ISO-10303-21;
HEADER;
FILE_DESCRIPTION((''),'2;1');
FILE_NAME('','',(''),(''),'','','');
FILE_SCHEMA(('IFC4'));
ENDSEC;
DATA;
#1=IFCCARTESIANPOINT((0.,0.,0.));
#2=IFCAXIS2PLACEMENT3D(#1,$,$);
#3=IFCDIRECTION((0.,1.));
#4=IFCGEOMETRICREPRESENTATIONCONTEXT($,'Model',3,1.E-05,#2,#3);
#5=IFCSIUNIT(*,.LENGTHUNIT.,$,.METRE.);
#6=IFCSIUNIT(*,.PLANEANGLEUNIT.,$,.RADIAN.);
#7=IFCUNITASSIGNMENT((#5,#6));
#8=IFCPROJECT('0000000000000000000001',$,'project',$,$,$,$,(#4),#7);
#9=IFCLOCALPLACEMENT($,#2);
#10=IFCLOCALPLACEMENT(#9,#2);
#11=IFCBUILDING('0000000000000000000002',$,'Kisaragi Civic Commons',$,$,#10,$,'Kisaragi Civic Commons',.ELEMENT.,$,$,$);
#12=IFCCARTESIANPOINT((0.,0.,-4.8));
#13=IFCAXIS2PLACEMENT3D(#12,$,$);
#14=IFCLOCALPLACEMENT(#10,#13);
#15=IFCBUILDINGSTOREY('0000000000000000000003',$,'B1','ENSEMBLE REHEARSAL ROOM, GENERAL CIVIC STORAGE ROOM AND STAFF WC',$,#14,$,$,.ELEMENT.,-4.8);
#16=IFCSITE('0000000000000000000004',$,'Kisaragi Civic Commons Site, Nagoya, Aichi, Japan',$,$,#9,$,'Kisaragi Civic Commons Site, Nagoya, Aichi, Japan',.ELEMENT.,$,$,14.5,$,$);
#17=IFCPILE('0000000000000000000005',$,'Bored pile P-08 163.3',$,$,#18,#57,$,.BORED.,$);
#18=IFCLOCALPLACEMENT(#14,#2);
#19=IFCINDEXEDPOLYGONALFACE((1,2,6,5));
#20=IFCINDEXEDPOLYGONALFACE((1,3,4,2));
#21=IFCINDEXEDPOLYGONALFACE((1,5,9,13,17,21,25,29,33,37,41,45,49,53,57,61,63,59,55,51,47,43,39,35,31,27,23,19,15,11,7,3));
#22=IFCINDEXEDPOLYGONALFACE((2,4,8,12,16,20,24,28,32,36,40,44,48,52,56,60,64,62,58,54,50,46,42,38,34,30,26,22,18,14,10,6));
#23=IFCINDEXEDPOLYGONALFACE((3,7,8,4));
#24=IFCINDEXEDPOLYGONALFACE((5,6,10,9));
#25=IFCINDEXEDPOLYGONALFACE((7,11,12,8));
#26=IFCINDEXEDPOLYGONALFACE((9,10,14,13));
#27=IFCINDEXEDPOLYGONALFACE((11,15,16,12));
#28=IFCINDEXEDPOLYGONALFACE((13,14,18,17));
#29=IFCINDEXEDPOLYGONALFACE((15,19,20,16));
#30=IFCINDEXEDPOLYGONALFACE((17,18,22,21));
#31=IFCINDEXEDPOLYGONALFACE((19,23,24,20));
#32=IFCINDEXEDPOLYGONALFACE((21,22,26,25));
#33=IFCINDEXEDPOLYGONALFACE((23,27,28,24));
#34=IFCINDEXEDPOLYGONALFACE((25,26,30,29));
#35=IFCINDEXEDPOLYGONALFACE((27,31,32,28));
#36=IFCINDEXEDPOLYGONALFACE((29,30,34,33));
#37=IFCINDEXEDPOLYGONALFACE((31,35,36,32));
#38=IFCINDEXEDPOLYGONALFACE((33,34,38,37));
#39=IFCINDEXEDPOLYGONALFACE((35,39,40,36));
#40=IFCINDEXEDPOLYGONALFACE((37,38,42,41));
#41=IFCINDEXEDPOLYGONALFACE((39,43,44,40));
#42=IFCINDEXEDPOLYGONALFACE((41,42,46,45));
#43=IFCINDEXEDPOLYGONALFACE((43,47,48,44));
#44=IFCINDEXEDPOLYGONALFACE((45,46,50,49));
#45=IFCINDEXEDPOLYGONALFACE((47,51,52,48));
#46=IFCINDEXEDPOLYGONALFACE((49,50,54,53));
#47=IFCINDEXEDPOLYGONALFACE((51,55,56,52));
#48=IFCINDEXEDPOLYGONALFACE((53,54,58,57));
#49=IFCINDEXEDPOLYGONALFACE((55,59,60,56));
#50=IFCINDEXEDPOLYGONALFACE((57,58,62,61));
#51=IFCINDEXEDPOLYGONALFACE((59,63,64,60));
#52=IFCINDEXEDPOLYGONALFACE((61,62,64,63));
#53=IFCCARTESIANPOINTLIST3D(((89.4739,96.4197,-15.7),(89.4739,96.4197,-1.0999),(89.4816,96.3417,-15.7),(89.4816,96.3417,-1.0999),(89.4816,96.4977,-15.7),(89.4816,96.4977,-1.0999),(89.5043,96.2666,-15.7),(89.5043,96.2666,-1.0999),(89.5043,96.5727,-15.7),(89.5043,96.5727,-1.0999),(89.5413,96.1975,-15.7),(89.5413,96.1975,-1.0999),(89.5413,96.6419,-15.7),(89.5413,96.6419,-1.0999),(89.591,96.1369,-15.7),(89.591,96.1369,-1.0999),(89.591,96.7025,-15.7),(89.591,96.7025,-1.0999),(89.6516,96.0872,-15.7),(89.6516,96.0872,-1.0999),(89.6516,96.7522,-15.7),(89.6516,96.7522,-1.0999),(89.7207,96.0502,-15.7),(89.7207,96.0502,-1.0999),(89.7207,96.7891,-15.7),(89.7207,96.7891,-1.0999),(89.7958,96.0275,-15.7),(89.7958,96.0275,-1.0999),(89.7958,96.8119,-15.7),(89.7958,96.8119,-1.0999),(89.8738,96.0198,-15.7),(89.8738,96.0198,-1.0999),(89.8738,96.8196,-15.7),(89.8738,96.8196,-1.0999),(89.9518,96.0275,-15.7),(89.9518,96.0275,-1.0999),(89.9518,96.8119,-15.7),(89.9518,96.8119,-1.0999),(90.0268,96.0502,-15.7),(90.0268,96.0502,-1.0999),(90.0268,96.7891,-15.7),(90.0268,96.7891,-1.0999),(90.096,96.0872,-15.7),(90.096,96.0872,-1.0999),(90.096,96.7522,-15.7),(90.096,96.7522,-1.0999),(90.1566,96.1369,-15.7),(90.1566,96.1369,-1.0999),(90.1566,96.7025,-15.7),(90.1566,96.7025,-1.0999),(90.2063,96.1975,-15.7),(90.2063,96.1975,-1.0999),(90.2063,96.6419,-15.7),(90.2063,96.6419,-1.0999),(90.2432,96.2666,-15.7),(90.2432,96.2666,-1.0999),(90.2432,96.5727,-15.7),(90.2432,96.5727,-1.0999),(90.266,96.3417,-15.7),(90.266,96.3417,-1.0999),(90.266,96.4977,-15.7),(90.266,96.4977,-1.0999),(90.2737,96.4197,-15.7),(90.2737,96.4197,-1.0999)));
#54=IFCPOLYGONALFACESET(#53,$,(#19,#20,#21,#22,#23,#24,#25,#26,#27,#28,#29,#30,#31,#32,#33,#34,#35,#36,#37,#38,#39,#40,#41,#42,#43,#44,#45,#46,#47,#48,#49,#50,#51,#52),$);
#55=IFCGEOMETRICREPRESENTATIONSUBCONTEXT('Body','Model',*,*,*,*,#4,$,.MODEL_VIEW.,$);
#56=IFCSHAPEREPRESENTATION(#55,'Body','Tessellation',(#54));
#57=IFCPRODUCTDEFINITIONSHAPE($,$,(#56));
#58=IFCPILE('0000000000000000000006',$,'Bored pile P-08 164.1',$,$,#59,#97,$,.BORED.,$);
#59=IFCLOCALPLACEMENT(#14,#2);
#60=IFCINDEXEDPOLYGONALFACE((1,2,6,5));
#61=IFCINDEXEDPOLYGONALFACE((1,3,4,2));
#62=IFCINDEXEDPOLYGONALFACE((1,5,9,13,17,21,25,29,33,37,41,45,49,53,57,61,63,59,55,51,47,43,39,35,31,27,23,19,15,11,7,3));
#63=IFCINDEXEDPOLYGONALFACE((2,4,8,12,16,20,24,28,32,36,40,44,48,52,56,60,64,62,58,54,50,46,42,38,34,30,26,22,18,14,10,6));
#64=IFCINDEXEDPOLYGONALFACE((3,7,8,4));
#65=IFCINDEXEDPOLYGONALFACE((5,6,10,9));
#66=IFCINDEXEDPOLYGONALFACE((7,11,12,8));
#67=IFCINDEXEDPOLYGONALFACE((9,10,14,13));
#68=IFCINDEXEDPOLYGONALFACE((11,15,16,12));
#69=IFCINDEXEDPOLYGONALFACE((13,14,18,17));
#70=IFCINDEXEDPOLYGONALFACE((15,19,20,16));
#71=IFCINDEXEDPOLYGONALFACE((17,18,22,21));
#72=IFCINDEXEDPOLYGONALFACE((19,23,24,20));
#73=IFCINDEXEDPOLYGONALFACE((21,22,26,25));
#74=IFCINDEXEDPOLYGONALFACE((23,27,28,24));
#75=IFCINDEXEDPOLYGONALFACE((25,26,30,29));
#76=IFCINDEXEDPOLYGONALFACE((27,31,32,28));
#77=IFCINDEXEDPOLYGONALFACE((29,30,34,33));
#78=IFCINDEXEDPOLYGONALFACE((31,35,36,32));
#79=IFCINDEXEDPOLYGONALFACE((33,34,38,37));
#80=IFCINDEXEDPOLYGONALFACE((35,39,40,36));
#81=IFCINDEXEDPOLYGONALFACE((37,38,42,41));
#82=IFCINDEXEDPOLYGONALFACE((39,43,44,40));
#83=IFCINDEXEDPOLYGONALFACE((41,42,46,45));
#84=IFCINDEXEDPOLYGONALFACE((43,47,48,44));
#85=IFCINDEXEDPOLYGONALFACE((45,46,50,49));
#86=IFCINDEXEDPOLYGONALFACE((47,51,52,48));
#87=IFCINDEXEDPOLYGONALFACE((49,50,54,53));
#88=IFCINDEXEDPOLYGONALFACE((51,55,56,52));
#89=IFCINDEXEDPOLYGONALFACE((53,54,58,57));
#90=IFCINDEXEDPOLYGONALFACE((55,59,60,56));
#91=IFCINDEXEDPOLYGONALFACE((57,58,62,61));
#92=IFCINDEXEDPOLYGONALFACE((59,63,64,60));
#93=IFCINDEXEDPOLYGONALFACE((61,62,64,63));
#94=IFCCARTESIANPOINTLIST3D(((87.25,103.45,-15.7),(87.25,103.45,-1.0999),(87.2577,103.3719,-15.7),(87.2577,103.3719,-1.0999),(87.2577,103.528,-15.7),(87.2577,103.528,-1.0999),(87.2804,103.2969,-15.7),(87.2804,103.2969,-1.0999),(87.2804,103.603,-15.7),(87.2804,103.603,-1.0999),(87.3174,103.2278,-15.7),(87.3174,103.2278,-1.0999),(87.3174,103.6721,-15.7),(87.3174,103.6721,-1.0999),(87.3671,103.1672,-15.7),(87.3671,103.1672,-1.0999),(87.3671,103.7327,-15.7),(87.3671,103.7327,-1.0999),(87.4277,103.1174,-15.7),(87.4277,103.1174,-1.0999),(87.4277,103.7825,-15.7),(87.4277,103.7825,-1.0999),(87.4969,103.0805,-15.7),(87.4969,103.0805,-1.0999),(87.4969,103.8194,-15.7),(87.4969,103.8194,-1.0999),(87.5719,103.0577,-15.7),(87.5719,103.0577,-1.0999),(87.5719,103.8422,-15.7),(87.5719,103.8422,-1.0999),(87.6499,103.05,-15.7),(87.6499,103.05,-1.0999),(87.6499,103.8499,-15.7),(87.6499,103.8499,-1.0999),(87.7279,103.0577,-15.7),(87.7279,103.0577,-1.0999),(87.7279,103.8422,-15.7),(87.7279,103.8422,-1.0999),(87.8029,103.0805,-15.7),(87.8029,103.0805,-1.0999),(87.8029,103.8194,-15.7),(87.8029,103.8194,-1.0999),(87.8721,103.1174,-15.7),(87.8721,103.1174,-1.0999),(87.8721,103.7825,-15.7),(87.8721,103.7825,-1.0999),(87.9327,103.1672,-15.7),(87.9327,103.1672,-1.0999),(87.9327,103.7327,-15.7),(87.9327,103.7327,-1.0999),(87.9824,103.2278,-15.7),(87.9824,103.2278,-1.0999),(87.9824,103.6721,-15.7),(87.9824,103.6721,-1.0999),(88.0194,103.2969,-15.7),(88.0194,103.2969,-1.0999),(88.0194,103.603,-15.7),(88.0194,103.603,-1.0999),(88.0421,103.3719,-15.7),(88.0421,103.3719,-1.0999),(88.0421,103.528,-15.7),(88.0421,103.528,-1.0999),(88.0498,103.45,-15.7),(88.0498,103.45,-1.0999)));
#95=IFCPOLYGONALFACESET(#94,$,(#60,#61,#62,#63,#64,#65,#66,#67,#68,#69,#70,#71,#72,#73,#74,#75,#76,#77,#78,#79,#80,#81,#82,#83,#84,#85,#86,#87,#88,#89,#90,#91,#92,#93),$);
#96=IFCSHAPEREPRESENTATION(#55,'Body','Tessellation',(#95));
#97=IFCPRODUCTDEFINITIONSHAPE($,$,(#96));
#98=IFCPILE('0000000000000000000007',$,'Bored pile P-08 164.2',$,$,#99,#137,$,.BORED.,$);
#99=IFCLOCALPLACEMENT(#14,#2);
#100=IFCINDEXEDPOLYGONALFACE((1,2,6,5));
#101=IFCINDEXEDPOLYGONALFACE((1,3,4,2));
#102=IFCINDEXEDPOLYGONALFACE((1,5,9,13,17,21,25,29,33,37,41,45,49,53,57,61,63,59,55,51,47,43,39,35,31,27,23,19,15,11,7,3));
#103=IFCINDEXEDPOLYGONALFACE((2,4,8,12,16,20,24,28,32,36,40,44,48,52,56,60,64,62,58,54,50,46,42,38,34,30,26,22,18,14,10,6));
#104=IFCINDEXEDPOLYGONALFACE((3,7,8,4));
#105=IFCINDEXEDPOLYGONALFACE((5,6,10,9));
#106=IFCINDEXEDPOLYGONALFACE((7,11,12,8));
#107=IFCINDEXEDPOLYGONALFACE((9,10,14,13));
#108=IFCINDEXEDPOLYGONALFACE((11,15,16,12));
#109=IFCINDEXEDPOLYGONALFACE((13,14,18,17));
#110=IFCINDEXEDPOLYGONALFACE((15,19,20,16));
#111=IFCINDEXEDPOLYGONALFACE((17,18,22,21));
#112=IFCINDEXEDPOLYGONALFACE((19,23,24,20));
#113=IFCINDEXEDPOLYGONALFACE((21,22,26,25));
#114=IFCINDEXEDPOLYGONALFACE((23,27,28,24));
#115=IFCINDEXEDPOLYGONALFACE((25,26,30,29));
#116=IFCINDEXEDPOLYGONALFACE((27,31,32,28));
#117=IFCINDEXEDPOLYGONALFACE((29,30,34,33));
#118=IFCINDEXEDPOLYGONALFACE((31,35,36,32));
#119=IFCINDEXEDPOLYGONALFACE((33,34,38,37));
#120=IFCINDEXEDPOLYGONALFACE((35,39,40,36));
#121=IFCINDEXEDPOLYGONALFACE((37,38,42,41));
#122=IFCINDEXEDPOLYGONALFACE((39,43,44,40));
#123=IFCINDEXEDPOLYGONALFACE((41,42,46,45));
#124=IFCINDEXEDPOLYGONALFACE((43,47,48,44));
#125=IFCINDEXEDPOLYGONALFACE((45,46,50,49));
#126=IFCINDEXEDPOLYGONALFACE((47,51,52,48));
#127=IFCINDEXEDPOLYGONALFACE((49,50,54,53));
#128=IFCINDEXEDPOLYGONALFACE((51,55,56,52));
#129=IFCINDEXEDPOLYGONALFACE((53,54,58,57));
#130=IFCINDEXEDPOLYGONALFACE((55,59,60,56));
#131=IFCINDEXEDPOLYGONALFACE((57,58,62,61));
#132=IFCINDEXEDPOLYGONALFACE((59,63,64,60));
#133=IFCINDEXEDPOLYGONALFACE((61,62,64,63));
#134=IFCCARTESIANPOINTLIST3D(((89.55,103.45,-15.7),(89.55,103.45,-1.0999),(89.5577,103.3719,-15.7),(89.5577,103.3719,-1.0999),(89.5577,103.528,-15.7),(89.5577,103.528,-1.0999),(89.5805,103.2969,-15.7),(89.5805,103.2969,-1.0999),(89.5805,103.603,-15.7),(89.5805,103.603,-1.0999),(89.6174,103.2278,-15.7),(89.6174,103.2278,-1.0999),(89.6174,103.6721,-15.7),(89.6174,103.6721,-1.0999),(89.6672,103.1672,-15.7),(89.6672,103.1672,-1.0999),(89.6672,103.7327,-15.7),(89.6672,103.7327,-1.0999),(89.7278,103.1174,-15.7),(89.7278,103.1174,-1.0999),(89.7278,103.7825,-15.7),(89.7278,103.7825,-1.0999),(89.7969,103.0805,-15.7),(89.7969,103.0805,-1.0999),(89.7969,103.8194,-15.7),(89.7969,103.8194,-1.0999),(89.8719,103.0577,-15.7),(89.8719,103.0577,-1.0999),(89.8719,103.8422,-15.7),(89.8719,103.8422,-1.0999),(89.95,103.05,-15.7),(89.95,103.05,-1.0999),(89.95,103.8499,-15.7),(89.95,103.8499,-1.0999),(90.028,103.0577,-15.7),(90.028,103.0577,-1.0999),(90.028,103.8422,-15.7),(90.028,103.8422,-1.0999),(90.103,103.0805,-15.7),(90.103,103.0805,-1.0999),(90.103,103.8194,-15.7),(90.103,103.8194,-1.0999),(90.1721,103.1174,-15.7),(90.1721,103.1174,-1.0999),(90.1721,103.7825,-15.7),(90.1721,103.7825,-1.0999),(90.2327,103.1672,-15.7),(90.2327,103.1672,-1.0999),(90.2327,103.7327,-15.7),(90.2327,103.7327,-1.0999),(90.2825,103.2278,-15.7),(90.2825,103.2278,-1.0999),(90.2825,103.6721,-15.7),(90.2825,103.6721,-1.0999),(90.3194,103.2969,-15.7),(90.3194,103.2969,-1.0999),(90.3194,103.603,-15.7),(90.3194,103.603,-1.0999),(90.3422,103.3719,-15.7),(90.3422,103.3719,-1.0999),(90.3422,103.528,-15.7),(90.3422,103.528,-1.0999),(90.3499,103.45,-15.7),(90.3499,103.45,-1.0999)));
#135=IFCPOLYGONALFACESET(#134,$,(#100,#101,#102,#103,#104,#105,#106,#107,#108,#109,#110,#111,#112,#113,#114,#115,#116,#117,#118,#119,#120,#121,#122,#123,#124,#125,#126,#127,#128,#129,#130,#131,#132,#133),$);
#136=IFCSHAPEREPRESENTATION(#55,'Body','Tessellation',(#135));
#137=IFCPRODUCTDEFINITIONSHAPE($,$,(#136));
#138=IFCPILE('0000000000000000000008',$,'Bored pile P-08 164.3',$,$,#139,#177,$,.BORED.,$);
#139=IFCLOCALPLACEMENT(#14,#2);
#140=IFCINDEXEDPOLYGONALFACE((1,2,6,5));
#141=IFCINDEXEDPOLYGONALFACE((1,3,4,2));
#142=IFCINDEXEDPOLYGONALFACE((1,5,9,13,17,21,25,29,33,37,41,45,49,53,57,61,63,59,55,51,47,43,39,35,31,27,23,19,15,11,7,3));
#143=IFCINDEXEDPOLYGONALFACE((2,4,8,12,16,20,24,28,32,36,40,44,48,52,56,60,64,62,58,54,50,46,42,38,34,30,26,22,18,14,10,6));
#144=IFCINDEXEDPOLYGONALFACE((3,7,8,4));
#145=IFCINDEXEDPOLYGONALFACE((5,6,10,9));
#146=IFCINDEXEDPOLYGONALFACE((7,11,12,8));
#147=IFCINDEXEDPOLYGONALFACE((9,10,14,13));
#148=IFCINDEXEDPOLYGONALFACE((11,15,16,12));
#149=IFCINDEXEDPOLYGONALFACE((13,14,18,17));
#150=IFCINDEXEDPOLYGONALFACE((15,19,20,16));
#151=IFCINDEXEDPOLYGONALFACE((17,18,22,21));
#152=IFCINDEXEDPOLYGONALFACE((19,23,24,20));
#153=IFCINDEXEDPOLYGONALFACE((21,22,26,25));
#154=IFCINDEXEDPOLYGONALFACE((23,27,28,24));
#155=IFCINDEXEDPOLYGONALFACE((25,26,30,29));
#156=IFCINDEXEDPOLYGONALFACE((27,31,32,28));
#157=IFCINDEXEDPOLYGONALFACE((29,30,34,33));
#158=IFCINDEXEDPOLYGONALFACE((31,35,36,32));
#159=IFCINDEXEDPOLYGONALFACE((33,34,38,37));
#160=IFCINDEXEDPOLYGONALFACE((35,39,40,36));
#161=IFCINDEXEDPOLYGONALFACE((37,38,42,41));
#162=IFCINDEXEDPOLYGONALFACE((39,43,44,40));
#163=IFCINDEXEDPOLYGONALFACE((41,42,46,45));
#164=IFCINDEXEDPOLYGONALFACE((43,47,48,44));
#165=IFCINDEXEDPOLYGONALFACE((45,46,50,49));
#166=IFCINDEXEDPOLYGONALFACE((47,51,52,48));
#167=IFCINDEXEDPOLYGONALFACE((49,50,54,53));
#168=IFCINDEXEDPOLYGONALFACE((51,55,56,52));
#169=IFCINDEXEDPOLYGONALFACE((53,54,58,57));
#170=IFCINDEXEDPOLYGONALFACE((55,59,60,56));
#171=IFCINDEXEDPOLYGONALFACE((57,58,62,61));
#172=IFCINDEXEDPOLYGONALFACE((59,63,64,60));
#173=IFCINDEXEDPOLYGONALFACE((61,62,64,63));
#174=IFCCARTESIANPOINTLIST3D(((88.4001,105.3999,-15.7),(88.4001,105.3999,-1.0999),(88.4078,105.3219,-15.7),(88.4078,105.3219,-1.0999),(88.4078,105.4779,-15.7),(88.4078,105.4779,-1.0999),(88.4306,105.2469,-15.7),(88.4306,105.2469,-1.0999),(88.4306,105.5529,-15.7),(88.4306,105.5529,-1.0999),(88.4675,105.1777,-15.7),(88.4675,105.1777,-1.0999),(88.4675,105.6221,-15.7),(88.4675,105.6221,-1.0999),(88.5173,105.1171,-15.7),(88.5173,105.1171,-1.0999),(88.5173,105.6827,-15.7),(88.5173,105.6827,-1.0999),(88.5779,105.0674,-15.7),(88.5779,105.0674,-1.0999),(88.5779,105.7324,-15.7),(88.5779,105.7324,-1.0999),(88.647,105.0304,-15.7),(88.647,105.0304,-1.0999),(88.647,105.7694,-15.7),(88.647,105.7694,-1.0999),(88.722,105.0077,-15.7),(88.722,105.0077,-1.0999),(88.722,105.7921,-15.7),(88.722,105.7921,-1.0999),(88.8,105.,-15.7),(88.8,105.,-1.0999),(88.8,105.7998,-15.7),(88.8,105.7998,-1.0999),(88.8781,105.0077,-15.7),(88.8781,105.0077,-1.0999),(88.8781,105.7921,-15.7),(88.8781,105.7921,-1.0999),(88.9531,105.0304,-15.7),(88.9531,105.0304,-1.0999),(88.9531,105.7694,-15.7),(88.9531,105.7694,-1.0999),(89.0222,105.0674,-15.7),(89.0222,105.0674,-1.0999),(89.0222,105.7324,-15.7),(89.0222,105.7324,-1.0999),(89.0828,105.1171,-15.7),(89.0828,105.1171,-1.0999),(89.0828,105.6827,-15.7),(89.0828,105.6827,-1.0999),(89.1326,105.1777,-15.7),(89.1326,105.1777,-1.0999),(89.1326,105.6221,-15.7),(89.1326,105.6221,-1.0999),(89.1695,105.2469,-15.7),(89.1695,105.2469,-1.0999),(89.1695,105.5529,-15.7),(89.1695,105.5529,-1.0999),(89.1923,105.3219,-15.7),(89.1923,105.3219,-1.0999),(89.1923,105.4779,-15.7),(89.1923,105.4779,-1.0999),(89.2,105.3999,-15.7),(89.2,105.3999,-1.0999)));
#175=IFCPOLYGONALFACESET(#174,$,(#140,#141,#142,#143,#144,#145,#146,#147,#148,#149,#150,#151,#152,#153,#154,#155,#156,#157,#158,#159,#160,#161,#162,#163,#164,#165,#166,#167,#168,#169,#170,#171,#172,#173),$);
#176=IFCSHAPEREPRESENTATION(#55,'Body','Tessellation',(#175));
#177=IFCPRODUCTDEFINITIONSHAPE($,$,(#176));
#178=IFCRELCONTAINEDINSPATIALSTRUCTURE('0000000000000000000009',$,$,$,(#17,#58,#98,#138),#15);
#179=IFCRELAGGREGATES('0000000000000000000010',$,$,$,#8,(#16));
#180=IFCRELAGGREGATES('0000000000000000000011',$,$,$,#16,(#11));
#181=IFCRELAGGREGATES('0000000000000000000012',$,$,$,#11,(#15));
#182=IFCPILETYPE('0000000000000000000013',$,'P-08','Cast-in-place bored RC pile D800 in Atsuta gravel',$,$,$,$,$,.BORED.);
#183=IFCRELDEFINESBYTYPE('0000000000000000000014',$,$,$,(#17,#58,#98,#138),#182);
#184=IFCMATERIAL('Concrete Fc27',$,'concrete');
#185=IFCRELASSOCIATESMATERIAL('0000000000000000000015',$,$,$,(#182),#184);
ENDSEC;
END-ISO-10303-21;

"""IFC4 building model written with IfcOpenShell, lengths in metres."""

from ifc_helpers import new_model, si_unit, direction, frame, origin, origin_2d, place, context, subcontext, project, spatial, circle, extrude, material, material_profile, profile_set, type_object, element, save


model = new_model("IFC4")

# Units and contexts
model_context = context("Model", 3, precision=1e-05, world=origin(), true_north=direction((0.0, 1.0)))
body_context = subcontext(model_context, "Body", "Model", "MODEL_VIEW")
ifc_project = project(units=[si_unit("LENGTHUNIT", "METRE"), si_unit("PLANEANGLEUNIT", "RADIAN")], contexts=[model_context])

# Site, building, storey
site_placement = place(None, origin())
site = spatial("IfcSite", under=ifc_project, at=site_placement, Name="Kisaragi Civic Commons Site, Nagoya, Aichi, Japan", LongName="Kisaragi Civic Commons Site, Nagoya, Aichi, Japan", CompositionType="ELEMENT", RefElevation=14.5)
building_placement = place(site_placement, origin())
building = spatial("IfcBuilding", under=site, at=building_placement, Name="Kisaragi Civic Commons", LongName="Kisaragi Civic Commons", CompositionType="ELEMENT")
storey_placement = place(building_placement, frame((0.0, 0.0, -4.8)))
storey = spatial("IfcBuildingStorey", under=building, at=storey_placement, Name="B1", Description="ENSEMBLE REHEARSAL ROOM, GENERAL CIVIC STORAGE ROOM AND STAFF WC", CompositionType="ELEMENT", Elevation=-4.8)

# Shared definitions
ifc_material_1 = material(Name="Concrete Fc27", Category="concrete")

# Piles
ifc_material_profile_1 = material_profile(ifc_material_1, circle(Radius=0.3999, at=origin_2d()), Name="PILE-D800", Category="concrete")
ifc_profile_set_1 = profile_set([ifc_material_profile_1], Name="Concrete Fc27")
pile_type_1 = type_object("IfcPileType", Name="P-08", Description="Cast-in-place bored RC pile D800 in Atsuta gravel", PredefinedType="BORED", material=ifc_profile_set_1)
for number, where, z_axis, x_axis, name in (
    (1, (89.8738, 96.4197, -1.0999), (0.0, 0.0, -1.0), (1.0, 0.0, 0.0), "Bored pile P-08 163.3"),
    (2, (87.6499, 103.45, -1.0999), (0.0, 0.0, -1.0), (1.0, 0.0, 0.0), "Bored pile P-08 164.1"),
    (3, (89.95, 103.45, -1.0999), (0.0, 0.0, -1.0), (1.0, 0.0, 0.0), "Bored pile P-08 164.2"),
    (4, (88.8, 105.3999, -1.0999), (0.0, 0.0, -1.0), (1.0, 0.0, 0.0), "Bored pile P-08 164.3"),
):
    element("IfcPile", number, at=place(storey_placement, frame(where, z_axis=z_axis, x_axis=x_axis)), inside=storey, type_object=pile_type_1, Name=name, PredefinedType="BORED", context=body_context, shape_type="SweptSolid", body=[
        extrude(circle(Radius=0.3999, at=origin_2d()), origin(), (0.0, 0.0, 1.0), 14.6001),
    ])

save(model, "model.ifc")
